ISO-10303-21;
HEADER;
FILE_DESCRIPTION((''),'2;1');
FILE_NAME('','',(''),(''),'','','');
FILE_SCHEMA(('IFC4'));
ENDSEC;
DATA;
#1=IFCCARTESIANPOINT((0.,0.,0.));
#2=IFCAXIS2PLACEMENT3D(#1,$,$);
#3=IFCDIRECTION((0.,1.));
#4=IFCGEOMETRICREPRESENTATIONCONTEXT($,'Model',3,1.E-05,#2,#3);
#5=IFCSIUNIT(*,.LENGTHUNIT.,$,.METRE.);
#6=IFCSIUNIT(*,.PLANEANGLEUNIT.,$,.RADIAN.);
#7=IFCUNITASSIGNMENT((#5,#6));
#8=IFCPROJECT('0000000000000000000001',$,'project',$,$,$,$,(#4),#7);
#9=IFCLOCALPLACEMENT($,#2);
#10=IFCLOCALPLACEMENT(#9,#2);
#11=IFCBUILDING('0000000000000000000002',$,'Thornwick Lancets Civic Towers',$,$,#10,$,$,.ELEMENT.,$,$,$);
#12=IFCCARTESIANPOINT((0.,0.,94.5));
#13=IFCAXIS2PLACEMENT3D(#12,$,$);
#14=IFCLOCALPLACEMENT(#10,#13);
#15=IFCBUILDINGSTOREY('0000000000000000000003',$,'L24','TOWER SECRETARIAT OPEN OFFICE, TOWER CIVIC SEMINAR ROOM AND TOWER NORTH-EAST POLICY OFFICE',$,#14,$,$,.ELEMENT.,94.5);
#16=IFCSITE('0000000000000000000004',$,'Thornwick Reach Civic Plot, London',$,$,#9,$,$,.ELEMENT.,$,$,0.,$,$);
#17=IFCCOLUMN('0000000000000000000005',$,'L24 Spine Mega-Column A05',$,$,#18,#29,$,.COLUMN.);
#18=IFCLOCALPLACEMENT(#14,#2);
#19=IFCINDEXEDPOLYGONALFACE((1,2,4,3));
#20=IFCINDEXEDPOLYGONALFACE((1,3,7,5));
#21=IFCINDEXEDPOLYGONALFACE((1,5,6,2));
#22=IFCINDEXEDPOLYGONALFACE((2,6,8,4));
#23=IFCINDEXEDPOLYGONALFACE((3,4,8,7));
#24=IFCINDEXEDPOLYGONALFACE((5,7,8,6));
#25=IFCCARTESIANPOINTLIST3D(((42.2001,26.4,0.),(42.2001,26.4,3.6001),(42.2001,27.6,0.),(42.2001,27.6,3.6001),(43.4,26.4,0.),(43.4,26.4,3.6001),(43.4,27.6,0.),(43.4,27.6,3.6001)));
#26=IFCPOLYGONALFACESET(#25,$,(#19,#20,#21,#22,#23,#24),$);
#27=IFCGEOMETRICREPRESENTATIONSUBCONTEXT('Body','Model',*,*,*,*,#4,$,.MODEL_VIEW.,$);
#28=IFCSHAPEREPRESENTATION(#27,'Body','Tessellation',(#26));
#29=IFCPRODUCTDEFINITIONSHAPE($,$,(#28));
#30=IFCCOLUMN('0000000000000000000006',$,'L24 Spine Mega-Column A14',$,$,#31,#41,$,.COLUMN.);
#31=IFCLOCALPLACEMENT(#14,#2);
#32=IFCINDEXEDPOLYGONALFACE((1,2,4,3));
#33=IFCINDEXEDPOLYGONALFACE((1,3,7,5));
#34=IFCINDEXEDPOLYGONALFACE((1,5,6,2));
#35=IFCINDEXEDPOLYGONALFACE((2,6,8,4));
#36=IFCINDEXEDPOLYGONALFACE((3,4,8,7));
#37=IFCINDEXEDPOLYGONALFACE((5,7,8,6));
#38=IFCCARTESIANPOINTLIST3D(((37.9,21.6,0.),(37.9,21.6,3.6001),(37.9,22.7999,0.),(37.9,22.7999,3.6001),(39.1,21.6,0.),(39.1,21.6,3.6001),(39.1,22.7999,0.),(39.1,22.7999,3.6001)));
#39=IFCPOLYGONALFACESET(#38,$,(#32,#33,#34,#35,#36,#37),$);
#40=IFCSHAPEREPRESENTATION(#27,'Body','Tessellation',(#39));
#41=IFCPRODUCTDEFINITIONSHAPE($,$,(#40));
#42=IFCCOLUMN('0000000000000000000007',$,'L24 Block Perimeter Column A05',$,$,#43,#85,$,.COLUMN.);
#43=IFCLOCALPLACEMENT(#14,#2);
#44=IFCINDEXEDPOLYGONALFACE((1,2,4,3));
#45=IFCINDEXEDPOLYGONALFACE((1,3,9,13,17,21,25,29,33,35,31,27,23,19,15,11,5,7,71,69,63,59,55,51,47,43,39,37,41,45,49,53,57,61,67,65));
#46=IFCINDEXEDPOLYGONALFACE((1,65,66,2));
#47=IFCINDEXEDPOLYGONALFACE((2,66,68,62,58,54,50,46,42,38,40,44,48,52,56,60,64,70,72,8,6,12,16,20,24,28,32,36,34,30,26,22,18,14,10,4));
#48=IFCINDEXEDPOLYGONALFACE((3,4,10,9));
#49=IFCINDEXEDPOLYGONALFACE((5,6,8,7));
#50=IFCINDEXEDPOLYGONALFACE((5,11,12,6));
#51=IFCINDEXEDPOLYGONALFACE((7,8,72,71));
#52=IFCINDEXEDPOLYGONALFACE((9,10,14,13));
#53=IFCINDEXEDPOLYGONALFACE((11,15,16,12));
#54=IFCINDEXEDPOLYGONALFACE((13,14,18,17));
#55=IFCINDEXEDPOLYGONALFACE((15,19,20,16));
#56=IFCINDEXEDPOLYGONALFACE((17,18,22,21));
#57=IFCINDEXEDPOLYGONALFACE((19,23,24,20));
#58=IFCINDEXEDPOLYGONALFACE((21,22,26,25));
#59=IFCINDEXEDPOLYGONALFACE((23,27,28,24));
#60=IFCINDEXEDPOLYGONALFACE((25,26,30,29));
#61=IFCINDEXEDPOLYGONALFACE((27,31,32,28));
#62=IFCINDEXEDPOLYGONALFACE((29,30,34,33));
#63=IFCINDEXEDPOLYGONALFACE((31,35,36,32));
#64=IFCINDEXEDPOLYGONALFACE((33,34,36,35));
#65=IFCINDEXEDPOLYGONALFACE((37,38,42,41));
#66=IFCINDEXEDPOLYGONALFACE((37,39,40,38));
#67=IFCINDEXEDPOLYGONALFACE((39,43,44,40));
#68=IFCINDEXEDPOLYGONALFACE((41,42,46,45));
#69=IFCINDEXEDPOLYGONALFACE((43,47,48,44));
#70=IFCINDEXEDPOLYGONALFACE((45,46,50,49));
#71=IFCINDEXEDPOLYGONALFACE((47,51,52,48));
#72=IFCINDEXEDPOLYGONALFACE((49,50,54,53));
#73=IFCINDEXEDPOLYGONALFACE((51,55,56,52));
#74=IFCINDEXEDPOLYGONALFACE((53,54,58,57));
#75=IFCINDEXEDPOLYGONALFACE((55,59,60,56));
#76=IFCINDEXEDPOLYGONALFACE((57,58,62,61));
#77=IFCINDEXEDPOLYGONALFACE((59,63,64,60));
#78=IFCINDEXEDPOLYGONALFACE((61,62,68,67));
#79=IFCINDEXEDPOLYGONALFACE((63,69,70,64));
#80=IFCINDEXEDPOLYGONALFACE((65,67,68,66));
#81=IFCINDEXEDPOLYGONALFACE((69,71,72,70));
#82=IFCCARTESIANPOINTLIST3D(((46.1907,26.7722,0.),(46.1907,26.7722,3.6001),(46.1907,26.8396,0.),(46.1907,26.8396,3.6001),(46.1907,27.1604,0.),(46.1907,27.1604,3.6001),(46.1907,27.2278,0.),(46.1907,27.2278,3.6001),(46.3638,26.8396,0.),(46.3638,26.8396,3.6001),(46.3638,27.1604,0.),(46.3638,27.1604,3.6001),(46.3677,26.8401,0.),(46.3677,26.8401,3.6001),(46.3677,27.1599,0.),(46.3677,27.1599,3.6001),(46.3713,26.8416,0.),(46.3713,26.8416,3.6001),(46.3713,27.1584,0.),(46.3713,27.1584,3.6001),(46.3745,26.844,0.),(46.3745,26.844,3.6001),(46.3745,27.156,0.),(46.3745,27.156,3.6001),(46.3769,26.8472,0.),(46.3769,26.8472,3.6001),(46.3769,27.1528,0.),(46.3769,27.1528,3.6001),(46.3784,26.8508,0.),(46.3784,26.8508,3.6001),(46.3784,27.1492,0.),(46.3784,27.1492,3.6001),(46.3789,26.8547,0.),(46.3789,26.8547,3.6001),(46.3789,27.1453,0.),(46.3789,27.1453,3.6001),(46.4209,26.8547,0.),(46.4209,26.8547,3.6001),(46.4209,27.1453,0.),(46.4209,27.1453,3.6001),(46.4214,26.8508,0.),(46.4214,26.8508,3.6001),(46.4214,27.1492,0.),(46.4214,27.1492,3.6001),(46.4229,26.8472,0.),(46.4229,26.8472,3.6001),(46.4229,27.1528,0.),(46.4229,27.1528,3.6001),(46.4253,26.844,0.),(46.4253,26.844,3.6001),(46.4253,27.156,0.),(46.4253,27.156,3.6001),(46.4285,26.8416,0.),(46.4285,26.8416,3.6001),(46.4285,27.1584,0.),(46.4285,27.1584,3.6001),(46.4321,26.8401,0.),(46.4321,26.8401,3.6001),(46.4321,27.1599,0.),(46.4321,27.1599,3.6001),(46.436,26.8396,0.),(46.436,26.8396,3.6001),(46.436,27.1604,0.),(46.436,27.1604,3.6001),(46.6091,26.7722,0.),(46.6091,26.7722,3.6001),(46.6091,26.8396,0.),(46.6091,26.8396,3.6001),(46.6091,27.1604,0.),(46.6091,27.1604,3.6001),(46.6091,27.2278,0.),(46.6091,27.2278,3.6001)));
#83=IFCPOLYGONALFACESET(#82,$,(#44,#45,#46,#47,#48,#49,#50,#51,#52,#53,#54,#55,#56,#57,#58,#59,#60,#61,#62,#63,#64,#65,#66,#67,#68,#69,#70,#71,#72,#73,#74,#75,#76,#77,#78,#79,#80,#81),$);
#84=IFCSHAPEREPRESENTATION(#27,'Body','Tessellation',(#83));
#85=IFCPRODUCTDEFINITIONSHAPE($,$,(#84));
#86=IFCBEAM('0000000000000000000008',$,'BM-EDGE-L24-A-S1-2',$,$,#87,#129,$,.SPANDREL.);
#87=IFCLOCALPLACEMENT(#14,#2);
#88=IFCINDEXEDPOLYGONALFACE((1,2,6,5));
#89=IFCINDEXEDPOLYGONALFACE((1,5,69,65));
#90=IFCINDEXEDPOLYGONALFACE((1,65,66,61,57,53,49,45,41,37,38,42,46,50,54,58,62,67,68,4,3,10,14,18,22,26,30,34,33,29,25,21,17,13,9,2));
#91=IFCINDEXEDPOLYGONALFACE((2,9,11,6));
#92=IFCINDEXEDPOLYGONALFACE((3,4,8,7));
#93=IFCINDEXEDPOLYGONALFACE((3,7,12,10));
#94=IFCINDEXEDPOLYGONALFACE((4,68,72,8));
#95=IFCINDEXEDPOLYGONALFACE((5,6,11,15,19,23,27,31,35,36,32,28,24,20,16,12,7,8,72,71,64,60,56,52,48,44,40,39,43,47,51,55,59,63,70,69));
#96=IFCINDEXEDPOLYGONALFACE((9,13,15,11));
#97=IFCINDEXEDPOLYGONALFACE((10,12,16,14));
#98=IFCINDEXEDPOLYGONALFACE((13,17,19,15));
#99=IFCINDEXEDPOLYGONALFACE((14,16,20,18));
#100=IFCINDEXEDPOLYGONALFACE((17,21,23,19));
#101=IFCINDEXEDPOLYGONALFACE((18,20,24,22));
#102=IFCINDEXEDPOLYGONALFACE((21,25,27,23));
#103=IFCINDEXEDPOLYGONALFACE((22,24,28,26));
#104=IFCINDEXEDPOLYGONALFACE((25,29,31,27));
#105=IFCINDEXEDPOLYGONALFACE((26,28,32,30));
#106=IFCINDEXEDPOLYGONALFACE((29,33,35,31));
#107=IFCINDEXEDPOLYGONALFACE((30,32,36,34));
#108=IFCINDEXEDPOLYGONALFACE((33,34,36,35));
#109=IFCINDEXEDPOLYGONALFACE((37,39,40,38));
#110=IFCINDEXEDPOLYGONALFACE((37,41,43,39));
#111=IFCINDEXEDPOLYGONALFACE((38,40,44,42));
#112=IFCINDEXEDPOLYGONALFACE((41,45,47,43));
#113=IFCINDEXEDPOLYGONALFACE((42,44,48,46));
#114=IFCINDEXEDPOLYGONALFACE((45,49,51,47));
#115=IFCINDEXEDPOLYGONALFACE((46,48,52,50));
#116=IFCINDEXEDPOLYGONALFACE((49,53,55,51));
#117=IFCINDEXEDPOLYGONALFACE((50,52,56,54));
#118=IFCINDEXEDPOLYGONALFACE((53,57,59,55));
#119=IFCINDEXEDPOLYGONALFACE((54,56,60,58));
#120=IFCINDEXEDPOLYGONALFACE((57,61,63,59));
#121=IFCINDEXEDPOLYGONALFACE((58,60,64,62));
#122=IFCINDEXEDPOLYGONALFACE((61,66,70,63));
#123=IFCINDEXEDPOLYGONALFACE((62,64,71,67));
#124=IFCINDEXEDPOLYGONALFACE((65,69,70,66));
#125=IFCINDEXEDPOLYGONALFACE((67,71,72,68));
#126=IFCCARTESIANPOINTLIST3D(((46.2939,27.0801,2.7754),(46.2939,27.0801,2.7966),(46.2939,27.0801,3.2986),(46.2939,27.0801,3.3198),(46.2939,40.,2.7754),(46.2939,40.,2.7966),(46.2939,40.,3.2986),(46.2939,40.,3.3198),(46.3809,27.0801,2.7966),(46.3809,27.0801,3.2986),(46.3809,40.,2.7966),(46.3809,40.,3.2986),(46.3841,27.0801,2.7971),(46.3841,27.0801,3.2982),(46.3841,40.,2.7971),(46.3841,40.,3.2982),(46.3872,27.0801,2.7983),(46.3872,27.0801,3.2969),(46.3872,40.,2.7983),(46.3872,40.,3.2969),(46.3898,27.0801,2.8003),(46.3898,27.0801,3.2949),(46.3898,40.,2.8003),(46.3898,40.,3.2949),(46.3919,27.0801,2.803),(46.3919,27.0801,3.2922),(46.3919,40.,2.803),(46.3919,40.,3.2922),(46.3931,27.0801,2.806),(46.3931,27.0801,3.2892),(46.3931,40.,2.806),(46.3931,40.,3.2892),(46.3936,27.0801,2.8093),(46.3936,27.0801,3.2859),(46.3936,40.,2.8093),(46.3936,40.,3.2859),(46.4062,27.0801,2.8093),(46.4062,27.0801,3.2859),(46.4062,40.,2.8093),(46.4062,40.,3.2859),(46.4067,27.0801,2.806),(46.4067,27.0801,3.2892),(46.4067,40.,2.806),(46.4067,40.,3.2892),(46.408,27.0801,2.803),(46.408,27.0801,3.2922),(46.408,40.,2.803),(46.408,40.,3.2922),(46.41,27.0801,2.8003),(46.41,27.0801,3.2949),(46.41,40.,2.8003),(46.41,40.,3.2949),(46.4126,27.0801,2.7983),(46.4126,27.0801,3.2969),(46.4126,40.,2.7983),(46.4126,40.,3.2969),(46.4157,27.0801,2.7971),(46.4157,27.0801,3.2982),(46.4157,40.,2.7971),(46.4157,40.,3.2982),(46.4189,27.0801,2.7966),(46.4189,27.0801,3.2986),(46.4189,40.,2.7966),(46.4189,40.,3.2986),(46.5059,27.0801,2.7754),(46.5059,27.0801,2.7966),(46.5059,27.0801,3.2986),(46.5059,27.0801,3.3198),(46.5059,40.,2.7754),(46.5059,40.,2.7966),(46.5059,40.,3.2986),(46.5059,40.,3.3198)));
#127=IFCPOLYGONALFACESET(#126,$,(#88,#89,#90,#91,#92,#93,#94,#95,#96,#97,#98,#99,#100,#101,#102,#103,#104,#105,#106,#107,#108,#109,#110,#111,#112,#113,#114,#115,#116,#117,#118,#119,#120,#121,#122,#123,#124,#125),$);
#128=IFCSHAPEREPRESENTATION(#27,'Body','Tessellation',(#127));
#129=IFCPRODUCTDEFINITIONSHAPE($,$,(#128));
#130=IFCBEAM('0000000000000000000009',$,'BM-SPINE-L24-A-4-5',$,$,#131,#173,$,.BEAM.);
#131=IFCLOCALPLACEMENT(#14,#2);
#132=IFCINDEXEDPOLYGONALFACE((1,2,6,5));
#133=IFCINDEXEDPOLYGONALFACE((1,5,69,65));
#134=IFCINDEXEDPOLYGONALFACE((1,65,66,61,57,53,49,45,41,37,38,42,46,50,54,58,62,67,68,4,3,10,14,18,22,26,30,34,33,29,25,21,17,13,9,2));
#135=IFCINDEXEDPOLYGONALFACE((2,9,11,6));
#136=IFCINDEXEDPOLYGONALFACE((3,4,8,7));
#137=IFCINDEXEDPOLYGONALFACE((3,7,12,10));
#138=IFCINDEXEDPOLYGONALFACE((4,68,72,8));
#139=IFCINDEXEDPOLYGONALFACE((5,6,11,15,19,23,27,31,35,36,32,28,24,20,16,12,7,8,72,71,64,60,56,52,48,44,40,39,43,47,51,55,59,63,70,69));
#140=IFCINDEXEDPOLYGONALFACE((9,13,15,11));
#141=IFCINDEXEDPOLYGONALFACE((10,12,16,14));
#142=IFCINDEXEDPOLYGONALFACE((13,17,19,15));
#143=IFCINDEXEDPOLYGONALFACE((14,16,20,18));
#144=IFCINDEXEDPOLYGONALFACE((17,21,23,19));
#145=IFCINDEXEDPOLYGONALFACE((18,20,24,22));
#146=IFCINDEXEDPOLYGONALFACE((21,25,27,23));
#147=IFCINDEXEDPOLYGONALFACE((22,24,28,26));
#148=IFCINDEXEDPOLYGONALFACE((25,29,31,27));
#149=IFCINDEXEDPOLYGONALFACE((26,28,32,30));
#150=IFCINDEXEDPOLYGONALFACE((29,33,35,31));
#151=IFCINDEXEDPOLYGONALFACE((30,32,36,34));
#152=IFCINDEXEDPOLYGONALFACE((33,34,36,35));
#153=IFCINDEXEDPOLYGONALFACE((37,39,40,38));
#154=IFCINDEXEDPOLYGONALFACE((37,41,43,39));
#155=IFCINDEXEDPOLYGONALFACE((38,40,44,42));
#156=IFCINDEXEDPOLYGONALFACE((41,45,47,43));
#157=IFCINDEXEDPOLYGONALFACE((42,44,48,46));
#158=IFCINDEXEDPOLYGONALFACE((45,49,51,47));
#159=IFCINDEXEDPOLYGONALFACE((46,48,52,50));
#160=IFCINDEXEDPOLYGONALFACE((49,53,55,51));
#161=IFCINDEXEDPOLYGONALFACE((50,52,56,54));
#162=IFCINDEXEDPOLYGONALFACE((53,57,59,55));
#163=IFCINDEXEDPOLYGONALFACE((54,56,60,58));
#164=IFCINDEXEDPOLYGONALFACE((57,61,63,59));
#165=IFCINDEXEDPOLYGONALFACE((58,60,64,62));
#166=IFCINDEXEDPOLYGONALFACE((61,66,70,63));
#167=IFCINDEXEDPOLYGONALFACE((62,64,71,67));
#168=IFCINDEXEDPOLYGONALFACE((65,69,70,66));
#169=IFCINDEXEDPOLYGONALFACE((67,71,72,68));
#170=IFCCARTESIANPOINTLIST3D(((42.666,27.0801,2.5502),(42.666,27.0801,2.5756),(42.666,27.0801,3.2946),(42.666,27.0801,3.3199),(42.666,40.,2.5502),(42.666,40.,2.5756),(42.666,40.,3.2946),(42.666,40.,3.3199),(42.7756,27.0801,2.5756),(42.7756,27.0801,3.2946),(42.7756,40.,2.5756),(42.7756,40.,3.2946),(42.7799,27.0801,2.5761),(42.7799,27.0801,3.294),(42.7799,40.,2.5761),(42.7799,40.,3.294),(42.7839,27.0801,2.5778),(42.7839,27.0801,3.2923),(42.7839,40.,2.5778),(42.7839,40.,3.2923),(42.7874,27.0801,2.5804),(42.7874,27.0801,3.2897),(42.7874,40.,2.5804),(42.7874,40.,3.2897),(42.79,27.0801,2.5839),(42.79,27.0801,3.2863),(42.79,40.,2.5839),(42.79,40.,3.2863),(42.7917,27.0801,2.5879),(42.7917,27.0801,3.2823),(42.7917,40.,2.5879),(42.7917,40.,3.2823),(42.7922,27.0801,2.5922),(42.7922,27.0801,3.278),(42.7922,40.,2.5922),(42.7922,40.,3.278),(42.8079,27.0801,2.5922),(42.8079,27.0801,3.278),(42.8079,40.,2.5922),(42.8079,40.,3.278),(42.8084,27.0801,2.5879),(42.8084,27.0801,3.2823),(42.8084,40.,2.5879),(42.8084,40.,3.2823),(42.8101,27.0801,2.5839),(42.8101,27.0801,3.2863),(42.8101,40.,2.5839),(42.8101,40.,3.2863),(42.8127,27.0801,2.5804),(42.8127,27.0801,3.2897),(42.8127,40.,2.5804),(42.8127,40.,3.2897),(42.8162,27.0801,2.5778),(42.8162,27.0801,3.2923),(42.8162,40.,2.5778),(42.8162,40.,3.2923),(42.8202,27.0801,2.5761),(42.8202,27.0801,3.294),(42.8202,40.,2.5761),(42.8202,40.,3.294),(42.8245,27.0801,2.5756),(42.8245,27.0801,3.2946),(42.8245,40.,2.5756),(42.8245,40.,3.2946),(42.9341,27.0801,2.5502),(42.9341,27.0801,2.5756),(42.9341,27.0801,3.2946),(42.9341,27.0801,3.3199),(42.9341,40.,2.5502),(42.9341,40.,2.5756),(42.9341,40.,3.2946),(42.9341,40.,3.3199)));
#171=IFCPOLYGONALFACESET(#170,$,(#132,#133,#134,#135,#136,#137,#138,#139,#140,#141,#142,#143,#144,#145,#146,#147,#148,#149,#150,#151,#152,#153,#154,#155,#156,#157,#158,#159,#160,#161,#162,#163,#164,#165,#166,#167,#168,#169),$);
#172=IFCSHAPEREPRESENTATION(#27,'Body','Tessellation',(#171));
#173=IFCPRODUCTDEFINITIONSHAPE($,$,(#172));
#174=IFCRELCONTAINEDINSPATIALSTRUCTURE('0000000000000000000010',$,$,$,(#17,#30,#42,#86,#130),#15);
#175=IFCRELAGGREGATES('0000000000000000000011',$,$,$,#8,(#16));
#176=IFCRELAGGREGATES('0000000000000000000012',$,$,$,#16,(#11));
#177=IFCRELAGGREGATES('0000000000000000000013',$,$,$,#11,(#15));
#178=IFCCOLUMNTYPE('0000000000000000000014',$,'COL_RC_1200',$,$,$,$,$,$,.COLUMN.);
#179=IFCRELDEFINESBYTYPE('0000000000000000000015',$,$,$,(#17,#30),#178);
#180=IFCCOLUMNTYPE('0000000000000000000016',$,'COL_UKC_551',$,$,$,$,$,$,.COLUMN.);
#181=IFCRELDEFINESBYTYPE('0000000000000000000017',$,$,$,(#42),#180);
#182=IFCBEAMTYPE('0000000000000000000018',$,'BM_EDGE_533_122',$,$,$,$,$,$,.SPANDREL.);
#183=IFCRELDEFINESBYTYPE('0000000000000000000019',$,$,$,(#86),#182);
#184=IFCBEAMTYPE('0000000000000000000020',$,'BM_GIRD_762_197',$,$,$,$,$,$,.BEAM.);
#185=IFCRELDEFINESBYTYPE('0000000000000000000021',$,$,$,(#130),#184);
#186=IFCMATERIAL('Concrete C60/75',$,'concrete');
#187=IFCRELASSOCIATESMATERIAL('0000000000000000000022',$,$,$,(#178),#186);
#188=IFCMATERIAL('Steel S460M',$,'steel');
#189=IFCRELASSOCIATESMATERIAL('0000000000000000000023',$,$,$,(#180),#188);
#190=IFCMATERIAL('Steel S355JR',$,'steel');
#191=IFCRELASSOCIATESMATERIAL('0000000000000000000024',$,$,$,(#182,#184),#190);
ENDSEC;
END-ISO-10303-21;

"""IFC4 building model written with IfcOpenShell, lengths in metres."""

from ifc_helpers import new_model, si_unit, direction, frame, origin, origin_2d, place, context, subcontext, project, spatial, rectangle, i_section, extrude, material, material_profile, profile_set, type_object, element, save


model = new_model("IFC4")

# Units and contexts
model_context = context("Model", 3, precision=1e-05, world=origin(), true_north=direction((0.0, 1.0)))
body_context = subcontext(model_context, "Body", "Model", "MODEL_VIEW")
ifc_project = project(units=[si_unit("LENGTHUNIT", "METRE"), si_unit("PLANEANGLEUNIT", "RADIAN")], contexts=[model_context])

# Site, building, storey
site_placement = place(None, origin())
site = spatial("IfcSite", under=ifc_project, at=site_placement, Name="Thornwick Reach Civic Plot, London", CompositionType="ELEMENT", RefElevation=0.0)
building_placement = place(site_placement, origin())
building = spatial("IfcBuilding", under=site, at=building_placement, Name="Thornwick Lancets Civic Towers", CompositionType="ELEMENT")
storey_placement = place(building_placement, frame((0.0, 0.0, 94.5)))
storey = spatial("IfcBuildingStorey", under=building, at=storey_placement, Name="L24", Description="TOWER SECRETARIAT OPEN OFFICE, TOWER CIVIC SEMINAR ROOM AND TOWER NORTH-EAST POLICY OFFICE", CompositionType="ELEMENT", Elevation=94.5)

# Columns
ifc_material_1 = material(Name="Concrete C60/75", Category="concrete")
ifc_material_profile_1 = material_profile(ifc_material_1, rectangle(XDim=1.2, YDim=1.2, at=origin_2d()), Name="RC 1200x1200")
ifc_profile_set_1 = profile_set([ifc_material_profile_1], Name="Concrete C60/75")
column_type_1 = type_object("IfcColumnType", Name="COL_RC_1200", PredefinedType="COLUMN", material=ifc_profile_set_1)
for number, where, z_axis, x_axis, name in (
    (1, (42.8, 27.0, 0.0), (0.0, 0.0, 1.0), (1.0, 0.0, 0.0), "L24 Spine Mega-Column A05"),
    (2, (38.5, 22.2, 0.0), (0.0, 0.0, 1.0), (1.0, 0.0, 0.0), "L24 Spine Mega-Column A14"),
):
    element("IfcColumn", number, at=place(storey_placement, frame(where, z_axis=z_axis, x_axis=x_axis)), inside=storey, type_object=column_type_1, Name=name, PredefinedType="COLUMN", context=body_context, shape_type="SweptSolid", body=[
        extrude(rectangle(XDim=1.2, YDim=1.2, at=origin_2d()), origin(), (0.0, 0.0, 1.0), 3.6001),
    ])
ifc_material_2 = material(Name="Steel S460M", Category="steel")
ifc_material_profile_2 = material_profile(ifc_material_2, i_section(OverallWidth=0.4185, OverallDepth=0.4556, WebThickness=0.042, FlangeThickness=0.0674, FilletRadius=0.0151, at=origin_2d()), Name="UKC 356x406x551")
ifc_profile_set_2 = profile_set([ifc_material_profile_2], Name="Steel S460M")
column_type_2 = type_object("IfcColumnType", Name="COL_UKC_551", PredefinedType="COLUMN", material=ifc_profile_set_2)
column_placement = place(storey_placement, frame((46.3999, 27.0, 0.0), z_axis=(0.0, 0.0, 1.0), x_axis=(1.0, 0.0, 0.0)))
element("IfcColumn", 3, at=column_placement, inside=storey, type_object=column_type_2, Name="L24 Block Perimeter Column A05", PredefinedType="COLUMN", context=body_context, shape_type="SweptSolid", body=[
    extrude(i_section(OverallWidth=0.4185, OverallDepth=0.4556, WebThickness=0.042, FlangeThickness=0.0674, FilletRadius=0.0151, at=origin_2d()), origin(), (0.0, 0.0, 1.0), 3.6001),
])

# Beams
ifc_material_3 = material(Name="Steel S355JR", Category="steel")
ifc_material_profile_3 = material_profile(ifc_material_3, i_section(OverallWidth=0.2119, OverallDepth=0.5444, WebThickness=0.0127, FlangeThickness=0.0212, FilletRadius=0.0127, at=origin_2d()), Name="UKB 533x210x122")
ifc_profile_set_3 = profile_set([ifc_material_profile_3], Name="Steel S355JR")
beam_type_1 = type_object("IfcBeamType", Name="BM_EDGE_533_122", PredefinedType="SPANDREL", material=ifc_profile_set_3)
beam_1_placement = place(storey_placement, frame((46.3999, 27.0801, 3.0476), z_axis=(0.0, 1.0, 0.0), x_axis=(-1.0, 0.0, 0.0)))
element("IfcBeam", 4, at=beam_1_placement, inside=storey, type_object=beam_type_1, Name="BM-EDGE-L24-A-S1-2", PredefinedType="SPANDREL", context=body_context, shape_type="SweptSolid", body=[
    extrude(i_section(OverallWidth=0.2119, OverallDepth=0.5444, WebThickness=0.0127, FlangeThickness=0.0212, FilletRadius=0.0127, at=origin_2d()), origin(), (0.0, 0.0, 1.0), 12.9199),
])
ifc_material_profile_4 = material_profile(ifc_material_3, i_section(OverallWidth=0.2681, OverallDepth=0.7698, WebThickness=0.0156, FlangeThickness=0.0254, FilletRadius=0.0166, at=origin_2d()), Name="UKB 762x267x197")
ifc_profile_set_4 = profile_set([ifc_material_profile_4], Name="Steel S355JR")
beam_type_2 = type_object("IfcBeamType", Name="BM_GIRD_762_197", PredefinedType="BEAM", material=ifc_profile_set_4)
beam_2_placement = place(storey_placement, frame((42.8, 27.0801, 2.9351), z_axis=(0.0, 1.0, 0.0), x_axis=(-1.0, 0.0, 0.0)))
element("IfcBeam", 5, at=beam_2_placement, inside=storey, type_object=beam_type_2, Name="BM-SPINE-L24-A-4-5", PredefinedType="BEAM", context=body_context, shape_type="SweptSolid", body=[
    extrude(i_section(OverallWidth=0.2681, OverallDepth=0.7698, WebThickness=0.0156, FlangeThickness=0.0254, FilletRadius=0.0166, at=origin_2d()), origin(), (0.0, 0.0, 1.0), 12.9199),
])

save(model, "model.ifc")
